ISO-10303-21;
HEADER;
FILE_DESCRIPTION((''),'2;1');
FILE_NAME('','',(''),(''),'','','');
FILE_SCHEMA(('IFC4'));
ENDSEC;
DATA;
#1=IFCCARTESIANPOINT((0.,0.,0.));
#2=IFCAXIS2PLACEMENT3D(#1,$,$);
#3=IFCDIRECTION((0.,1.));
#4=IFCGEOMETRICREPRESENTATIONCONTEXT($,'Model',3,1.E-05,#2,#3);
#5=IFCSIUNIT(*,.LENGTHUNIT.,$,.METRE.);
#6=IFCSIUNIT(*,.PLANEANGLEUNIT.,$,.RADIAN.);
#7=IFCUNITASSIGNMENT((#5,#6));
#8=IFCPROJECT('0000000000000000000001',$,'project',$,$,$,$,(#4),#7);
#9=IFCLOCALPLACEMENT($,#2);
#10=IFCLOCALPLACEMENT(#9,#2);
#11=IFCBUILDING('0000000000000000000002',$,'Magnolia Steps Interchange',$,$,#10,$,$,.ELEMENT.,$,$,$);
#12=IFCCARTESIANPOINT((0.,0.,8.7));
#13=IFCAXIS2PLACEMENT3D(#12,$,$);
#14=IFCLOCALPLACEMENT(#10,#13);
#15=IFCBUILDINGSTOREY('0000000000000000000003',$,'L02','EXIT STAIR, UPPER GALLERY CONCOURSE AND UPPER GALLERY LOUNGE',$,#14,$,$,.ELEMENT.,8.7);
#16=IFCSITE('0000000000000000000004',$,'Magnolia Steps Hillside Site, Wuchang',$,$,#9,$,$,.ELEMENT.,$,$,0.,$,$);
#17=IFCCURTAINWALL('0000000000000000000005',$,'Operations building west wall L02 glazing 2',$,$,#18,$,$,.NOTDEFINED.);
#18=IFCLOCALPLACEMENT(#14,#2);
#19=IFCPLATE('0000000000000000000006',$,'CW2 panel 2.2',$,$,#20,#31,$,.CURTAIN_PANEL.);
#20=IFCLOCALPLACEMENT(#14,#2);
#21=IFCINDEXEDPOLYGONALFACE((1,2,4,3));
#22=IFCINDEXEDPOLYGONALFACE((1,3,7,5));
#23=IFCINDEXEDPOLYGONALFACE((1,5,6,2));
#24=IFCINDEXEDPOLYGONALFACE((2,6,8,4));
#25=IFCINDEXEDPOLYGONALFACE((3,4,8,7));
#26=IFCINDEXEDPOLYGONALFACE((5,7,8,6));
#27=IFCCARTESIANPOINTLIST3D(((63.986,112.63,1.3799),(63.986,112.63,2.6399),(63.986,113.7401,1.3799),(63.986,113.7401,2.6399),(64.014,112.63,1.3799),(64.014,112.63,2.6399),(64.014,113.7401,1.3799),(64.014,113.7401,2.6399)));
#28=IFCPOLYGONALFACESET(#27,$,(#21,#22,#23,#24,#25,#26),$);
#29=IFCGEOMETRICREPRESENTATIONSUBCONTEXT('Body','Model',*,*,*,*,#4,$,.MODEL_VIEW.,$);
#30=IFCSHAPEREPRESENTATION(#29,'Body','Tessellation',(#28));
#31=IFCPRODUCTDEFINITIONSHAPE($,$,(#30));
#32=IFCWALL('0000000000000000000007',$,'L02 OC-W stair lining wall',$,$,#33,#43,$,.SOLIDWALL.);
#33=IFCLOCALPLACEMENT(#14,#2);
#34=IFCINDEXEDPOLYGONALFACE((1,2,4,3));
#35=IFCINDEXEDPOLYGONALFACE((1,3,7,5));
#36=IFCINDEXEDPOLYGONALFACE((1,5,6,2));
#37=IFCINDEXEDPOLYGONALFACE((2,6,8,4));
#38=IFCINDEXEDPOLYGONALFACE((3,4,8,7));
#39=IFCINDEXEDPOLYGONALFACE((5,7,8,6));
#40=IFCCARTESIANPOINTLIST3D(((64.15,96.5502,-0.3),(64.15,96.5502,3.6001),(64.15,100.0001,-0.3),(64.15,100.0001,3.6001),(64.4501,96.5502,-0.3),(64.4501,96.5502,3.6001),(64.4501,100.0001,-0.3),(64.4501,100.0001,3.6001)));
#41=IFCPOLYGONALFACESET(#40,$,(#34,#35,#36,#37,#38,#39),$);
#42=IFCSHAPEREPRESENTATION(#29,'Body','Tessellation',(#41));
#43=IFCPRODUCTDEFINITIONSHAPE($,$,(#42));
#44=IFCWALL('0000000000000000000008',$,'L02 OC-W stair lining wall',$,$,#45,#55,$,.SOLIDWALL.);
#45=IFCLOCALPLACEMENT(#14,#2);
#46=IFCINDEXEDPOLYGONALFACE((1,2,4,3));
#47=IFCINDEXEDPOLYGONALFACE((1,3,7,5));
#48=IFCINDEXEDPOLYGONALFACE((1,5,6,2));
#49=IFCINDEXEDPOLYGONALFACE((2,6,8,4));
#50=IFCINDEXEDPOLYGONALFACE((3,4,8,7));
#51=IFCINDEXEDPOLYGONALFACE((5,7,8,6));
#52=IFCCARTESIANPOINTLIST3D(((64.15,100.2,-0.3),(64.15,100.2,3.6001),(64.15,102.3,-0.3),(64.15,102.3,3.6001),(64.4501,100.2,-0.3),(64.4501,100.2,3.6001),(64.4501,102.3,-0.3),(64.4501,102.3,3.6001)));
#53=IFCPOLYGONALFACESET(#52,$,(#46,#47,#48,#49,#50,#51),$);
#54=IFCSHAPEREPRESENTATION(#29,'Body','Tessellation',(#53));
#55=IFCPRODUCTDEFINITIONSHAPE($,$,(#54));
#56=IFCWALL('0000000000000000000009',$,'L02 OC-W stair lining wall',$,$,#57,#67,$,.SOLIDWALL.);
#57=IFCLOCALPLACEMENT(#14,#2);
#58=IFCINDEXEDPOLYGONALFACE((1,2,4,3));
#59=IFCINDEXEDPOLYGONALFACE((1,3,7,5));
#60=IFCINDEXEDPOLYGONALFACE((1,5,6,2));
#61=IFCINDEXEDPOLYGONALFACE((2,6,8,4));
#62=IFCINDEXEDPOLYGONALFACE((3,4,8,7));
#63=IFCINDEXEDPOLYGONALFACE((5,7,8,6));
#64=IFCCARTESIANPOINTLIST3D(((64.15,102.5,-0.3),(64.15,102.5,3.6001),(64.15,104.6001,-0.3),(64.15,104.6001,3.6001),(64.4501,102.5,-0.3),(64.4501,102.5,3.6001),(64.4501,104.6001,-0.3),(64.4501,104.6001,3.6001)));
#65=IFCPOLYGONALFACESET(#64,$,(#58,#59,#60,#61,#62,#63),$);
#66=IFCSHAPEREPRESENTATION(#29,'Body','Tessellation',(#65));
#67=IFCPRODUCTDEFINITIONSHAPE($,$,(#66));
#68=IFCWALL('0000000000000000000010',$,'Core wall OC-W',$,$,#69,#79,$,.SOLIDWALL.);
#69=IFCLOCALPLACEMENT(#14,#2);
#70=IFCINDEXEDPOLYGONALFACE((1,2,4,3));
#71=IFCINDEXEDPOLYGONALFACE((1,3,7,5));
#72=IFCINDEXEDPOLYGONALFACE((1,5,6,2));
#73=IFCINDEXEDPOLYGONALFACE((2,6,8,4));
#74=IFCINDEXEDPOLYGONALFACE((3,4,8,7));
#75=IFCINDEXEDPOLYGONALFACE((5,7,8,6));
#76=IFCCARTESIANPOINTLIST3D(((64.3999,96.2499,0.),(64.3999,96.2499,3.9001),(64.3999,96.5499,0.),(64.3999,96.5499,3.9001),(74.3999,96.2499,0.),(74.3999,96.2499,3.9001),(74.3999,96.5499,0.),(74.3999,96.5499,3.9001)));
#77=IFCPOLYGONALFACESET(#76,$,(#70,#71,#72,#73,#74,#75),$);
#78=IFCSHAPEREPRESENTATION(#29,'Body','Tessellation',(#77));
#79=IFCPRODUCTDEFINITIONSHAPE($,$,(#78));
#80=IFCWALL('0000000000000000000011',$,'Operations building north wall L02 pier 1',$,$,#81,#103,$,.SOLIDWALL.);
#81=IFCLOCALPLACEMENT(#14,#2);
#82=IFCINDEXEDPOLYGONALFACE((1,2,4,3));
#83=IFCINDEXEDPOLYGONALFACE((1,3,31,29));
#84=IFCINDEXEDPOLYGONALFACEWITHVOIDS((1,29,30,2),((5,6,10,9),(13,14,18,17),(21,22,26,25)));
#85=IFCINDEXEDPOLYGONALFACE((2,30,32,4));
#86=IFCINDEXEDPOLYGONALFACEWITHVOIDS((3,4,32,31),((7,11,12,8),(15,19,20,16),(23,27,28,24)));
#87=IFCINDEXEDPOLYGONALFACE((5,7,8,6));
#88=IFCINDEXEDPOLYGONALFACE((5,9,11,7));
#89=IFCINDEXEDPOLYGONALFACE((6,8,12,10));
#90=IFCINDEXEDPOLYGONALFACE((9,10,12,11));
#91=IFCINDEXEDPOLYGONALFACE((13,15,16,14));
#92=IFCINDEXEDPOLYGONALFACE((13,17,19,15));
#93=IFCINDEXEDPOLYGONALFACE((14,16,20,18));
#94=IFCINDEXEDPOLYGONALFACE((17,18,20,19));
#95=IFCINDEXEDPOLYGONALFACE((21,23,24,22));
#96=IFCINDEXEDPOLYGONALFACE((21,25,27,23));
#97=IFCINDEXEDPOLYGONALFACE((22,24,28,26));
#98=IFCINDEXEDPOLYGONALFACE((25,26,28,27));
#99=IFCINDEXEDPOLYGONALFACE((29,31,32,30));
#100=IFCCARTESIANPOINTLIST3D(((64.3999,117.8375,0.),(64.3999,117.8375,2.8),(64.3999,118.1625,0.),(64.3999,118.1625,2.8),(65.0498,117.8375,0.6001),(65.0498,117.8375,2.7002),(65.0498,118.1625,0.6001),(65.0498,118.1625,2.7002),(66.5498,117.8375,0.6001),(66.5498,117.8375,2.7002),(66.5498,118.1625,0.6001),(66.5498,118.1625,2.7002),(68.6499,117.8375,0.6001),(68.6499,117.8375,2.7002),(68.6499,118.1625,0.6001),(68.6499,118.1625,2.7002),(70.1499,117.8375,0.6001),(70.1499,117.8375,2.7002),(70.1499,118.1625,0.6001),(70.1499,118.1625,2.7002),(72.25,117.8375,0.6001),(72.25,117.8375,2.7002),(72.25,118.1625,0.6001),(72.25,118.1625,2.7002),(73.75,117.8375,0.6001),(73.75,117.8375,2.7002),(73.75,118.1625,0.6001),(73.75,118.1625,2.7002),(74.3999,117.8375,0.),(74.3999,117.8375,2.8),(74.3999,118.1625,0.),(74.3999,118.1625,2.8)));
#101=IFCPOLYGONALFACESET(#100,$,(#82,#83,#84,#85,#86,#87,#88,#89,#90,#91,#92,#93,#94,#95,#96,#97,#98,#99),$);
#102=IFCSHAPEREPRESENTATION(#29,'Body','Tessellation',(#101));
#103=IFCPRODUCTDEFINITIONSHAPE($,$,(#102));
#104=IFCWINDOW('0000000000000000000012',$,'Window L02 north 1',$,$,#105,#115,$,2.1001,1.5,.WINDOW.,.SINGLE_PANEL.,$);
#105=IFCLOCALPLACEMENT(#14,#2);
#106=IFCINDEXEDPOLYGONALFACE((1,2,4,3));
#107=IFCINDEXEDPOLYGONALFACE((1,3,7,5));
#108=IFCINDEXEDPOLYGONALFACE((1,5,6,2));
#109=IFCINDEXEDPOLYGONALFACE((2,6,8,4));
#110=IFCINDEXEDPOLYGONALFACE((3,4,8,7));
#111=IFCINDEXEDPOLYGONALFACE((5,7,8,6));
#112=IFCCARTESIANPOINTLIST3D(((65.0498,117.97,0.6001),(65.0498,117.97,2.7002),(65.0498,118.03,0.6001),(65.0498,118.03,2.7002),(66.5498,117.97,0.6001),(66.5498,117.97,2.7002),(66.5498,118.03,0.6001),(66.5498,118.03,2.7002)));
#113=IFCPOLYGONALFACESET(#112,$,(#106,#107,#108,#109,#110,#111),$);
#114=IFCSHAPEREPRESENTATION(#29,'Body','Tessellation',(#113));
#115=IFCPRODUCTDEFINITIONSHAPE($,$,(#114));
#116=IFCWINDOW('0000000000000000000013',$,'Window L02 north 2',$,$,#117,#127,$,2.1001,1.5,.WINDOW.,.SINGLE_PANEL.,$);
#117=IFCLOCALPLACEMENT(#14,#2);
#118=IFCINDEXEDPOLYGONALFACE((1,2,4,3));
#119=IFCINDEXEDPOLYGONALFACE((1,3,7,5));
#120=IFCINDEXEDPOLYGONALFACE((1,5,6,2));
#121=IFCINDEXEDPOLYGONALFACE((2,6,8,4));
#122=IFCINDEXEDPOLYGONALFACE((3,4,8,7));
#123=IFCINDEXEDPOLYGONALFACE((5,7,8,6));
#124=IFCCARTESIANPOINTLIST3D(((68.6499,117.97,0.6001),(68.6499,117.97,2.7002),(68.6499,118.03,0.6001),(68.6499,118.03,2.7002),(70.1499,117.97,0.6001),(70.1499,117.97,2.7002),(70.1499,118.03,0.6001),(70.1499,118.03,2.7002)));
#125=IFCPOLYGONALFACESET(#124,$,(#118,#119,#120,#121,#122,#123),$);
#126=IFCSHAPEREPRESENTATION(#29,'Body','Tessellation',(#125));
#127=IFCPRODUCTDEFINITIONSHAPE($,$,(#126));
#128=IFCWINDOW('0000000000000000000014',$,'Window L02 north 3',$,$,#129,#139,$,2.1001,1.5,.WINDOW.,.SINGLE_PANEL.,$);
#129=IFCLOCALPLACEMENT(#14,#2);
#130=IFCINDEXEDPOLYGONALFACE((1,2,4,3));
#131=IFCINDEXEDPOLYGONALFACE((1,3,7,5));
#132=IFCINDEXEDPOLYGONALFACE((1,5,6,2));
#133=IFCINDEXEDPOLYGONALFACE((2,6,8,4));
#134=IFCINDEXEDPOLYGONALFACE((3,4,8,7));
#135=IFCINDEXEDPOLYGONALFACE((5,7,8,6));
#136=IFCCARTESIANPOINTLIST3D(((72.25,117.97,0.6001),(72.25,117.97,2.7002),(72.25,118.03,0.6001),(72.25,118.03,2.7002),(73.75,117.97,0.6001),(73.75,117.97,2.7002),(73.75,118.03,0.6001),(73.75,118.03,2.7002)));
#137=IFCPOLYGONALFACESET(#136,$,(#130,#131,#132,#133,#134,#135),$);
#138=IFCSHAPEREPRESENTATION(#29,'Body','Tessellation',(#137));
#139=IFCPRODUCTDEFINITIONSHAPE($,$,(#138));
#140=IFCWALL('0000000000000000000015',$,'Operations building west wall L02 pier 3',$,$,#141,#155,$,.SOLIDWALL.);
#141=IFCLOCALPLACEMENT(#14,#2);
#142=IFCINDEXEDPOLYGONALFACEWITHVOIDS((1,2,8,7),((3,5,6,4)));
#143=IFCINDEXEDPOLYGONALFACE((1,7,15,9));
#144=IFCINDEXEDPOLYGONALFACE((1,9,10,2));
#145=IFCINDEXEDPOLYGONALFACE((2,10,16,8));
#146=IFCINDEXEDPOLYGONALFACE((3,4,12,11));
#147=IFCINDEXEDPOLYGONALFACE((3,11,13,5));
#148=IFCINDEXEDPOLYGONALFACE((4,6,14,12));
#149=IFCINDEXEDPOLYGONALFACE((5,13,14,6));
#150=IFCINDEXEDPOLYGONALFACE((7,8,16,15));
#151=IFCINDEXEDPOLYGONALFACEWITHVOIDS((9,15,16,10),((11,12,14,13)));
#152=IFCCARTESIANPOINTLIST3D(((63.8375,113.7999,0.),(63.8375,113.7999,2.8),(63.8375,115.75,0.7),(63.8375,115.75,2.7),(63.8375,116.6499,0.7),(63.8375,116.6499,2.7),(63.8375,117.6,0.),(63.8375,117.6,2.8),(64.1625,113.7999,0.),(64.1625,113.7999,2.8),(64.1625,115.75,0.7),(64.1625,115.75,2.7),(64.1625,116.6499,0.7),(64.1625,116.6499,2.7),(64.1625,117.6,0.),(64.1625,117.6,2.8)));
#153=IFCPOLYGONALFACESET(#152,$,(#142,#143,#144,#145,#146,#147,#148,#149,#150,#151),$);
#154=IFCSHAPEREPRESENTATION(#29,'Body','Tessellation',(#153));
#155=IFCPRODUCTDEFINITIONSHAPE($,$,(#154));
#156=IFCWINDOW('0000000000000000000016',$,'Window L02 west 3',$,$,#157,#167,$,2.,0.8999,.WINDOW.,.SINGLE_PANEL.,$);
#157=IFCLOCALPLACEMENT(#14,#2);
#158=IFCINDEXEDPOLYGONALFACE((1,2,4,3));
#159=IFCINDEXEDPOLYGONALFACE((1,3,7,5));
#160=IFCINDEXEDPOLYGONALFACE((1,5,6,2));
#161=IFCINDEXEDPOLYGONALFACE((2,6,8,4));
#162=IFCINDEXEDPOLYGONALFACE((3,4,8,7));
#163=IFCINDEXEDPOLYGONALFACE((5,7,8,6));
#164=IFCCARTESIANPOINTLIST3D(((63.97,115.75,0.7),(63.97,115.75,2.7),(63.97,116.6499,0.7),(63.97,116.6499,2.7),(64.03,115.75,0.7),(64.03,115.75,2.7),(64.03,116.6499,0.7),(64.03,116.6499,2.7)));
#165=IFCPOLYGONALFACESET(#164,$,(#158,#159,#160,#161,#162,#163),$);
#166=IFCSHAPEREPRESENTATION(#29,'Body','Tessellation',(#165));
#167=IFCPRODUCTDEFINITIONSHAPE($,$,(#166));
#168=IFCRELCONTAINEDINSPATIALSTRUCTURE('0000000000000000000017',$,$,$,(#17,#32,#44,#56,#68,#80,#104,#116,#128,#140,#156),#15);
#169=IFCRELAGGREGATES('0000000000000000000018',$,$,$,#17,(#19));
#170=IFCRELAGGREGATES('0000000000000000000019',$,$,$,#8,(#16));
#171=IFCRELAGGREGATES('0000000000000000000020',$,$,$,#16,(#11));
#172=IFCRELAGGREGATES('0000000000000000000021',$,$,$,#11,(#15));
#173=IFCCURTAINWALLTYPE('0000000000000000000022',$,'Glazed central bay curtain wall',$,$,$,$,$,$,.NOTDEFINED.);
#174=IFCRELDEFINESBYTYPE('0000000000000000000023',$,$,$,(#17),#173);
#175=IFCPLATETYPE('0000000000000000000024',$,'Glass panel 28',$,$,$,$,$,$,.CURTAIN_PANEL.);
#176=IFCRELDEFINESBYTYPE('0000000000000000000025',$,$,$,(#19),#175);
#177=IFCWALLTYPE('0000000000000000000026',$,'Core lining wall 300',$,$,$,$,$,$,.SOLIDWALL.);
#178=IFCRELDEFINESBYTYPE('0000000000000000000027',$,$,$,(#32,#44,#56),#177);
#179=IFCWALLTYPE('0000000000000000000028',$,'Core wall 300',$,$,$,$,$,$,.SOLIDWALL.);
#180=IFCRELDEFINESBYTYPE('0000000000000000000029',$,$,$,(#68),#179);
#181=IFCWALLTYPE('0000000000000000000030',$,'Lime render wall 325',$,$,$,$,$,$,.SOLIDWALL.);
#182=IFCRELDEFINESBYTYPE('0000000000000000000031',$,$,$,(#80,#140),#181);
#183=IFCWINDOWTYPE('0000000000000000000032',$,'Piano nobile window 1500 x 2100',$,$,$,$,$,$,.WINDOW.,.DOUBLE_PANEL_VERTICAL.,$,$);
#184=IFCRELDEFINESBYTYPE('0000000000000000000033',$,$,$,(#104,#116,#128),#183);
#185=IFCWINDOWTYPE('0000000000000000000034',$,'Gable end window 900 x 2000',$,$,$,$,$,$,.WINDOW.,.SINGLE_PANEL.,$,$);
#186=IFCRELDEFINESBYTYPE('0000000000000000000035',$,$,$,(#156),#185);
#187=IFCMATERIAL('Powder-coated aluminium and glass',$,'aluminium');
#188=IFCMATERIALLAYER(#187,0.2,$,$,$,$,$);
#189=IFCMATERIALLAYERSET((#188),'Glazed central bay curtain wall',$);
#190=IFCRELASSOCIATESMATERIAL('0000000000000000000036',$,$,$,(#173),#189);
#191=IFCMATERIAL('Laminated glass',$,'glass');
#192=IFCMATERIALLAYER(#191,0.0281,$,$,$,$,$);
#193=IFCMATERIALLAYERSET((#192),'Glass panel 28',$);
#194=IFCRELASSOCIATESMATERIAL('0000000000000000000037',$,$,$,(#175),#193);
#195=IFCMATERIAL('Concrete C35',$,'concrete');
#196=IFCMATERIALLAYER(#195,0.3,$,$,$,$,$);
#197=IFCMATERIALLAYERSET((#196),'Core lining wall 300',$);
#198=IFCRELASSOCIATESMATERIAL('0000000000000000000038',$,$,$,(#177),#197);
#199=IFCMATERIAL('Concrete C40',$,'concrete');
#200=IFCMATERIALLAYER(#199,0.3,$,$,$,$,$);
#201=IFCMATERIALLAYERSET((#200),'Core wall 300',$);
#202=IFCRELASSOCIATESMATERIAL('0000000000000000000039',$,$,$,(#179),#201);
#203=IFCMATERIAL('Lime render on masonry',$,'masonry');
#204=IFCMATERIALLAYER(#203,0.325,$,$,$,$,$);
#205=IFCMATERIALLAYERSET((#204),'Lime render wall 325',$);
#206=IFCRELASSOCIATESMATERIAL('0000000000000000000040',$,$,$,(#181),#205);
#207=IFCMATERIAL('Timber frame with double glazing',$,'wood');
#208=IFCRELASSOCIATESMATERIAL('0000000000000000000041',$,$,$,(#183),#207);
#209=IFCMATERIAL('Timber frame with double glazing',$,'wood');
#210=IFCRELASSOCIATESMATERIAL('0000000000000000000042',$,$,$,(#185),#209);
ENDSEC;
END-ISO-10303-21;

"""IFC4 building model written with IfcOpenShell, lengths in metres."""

from ifc_helpers import new_model, si_unit, direction, frame, frame_2d, origin, origin_2d, place, context, subcontext, project, spatial, rectangle, extrude, material, layer, layer_set, type_object, element, fill, aggregate, save


model = new_model("IFC4")

# Units and contexts
model_context = context("Model", 3, precision=1e-05, world=origin(), true_north=direction((0.0, 1.0)))
body_context = subcontext(model_context, "Body", "Model", "MODEL_VIEW")
ifc_project = project(units=[si_unit("LENGTHUNIT", "METRE"), si_unit("PLANEANGLEUNIT", "RADIAN")], contexts=[model_context])

# Site, building, storey
site_placement = place(None, origin())
site = spatial("IfcSite", under=ifc_project, at=site_placement, Name="Magnolia Steps Hillside Site, Wuchang", CompositionType="ELEMENT", RefElevation=0.0)
building_placement = place(site_placement, origin())
building = spatial("IfcBuilding", under=site, at=building_placement, Name="Magnolia Steps Interchange", CompositionType="ELEMENT")
storey_placement = place(building_placement, frame((0.0, 0.0, 8.7)))
storey = spatial("IfcBuildingStorey", under=building, at=storey_placement, Name="L02", Description="EXIT STAIR, UPPER GALLERY CONCOURSE AND UPPER GALLERY LOUNGE", CompositionType="ELEMENT", Elevation=8.7)

# Curtain wall
ifc_material_1 = material(Name="Powder-coated aluminium and glass", Category="aluminium")
ifc_layer_1 = layer(ifc_material_1, 0.2)
ifc_layer_set_1 = layer_set([ifc_layer_1], Name="Glazed central bay curtain wall")
curtain_wall_type = type_object("IfcCurtainWallType", Name="Glazed central bay curtain wall", PredefinedType="NOTDEFINED", material=ifc_layer_set_1)
curtain_wall_placement = place(storey_placement, origin())
curtain_wall = element("IfcCurtainWall", 1, at=curtain_wall_placement, inside=storey, type_object=curtain_wall_type, Name="Operations building west wall L02 glazing 2", PredefinedType="NOTDEFINED")

# Plate
ifc_material_2 = material(Name="Laminated glass", Category="glass")
ifc_layer_2 = layer(ifc_material_2, 0.0281)
ifc_layer_set_2 = layer_set([ifc_layer_2], Name="Glass panel 28")
plate_type = type_object("IfcPlateType", Name="Glass panel 28", PredefinedType="CURTAIN_PANEL", material=ifc_layer_set_2)
plate_1_placement = place(storey_placement, frame((64.0, 113.1851, 1.3799), z_axis=(0.0, 0.0, 1.0), x_axis=(0.0, 1.0, 0.0)))
plate_1 = element("IfcPlate", 2, at=plate_1_placement, type_object=plate_type, Name="CW2 panel 2.2", PredefinedType="CURTAIN_PANEL", context=body_context, shape_type="SweptSolid", body=[
    extrude(rectangle(XDim=1.1101, YDim=0.0281, at=origin_2d()), origin(), (0.0, 0.0, 1.0), 1.26),
])
aggregate(curtain_wall, [plate_1])

# Walls
ifc_material_3 = material(Name="Concrete C35", Category="concrete")
ifc_layer_3 = layer(ifc_material_3, 0.3)
ifc_layer_set_3 = layer_set([ifc_layer_3], Name="Core lining wall 300")
wall_type_1 = type_object("IfcWallType", Name="Core lining wall 300", PredefinedType="SOLIDWALL", material=ifc_layer_set_3)
wall_1_placement = place(storey_placement, frame((64.3, 96.55, -0.3), z_axis=(0.0, 0.0, 1.0), x_axis=(0.0, 1.0, 0.0)))
element("IfcWall", 3, at=wall_1_placement, inside=storey, type_object=wall_type_1, Name="L02 OC-W stair lining wall", PredefinedType="SOLIDWALL", context=body_context, shape_type="SweptSolid", body=[
    extrude(rectangle(XDim=3.45, YDim=0.3, at=frame_2d((1.7251, 0.0))), origin(), (0.0, 0.0, 1.0), 3.9001),
])
for number, where, z_axis, x_axis, name in (
    (4, (64.3, 100.2, -0.3), (0.0, 0.0, 1.0), (0.0, 1.0, 0.0), "L02 OC-W stair lining wall"),
    (5, (64.3, 102.5, -0.3), (0.0, 0.0, 1.0), (0.0, 1.0, 0.0), "L02 OC-W stair lining wall"),
):
    element("IfcWall", number, at=place(storey_placement, frame(where, z_axis=z_axis, x_axis=x_axis)), inside=storey, type_object=wall_type_1, Name=name, PredefinedType="SOLIDWALL", context=body_context, shape_type="SweptSolid", body=[
        extrude(rectangle(XDim=2.1001, YDim=0.3, at=frame_2d((1.05, 0.0))), origin(), (0.0, 0.0, 1.0), 3.9001),
    ])
ifc_material_4 = material(Name="Concrete C40", Category="concrete")
ifc_layer_4 = layer(ifc_material_4, 0.3)
ifc_layer_set_4 = layer_set([ifc_layer_4], Name="Core wall 300")
wall_type_2 = type_object("IfcWallType", Name="Core wall 300", PredefinedType="SOLIDWALL", material=ifc_layer_set_4)
wall_2_placement = place(storey_placement, frame((64.3999, 96.3999, 0.0), z_axis=(0.0, 0.0, 1.0), x_axis=(1.0, 0.0, 0.0)))
element("IfcWall", 6, at=wall_2_placement, inside=storey, type_object=wall_type_2, Name="Core wall OC-W", PredefinedType="SOLIDWALL", context=body_context, shape_type="SweptSolid", body=[
    extrude(rectangle(XDim=10.0, YDim=0.3, at=frame_2d((5.0, 0.0))), origin(), (0.0, 0.0, 1.0), 3.9001),
])

# Wall, openings, windows
ifc_material_5 = material(Name="Lime render on masonry", Category="masonry")
ifc_layer_5 = layer(ifc_material_5, 0.325)
ifc_layer_set_5 = layer_set([ifc_layer_5], Name="Lime render wall 325")
wall_type_3 = type_object("IfcWallType", Name="Lime render wall 325", PredefinedType="SOLIDWALL", material=ifc_layer_set_5)
wall_3_placement = place(storey_placement, frame((64.3999, 118.0, 0.0), z_axis=(0.0, 0.0, 1.0), x_axis=(1.0, 0.0, 0.0)))
wall_3 = element("IfcWall", 7, at=wall_3_placement, inside=storey, type_object=wall_type_3, Name="Operations building north wall L02 pier 1", PredefinedType="SOLIDWALL", context=body_context, shape_type="SweptSolid", body=[
    extrude(rectangle(XDim=10.0, YDim=0.325, at=frame_2d((5.0, 0.0))), origin(), (0.0, 0.0, 1.0), 2.8),
])
opening_1_placement = place(wall_3_placement, frame((0.6499, 0.0, 0.6001)))
opening_1 = element("IfcOpeningElement", 8, at=opening_1_placement, cuts=wall_3, PredefinedType="OPENING", context=body_context, shape_type="SweptSolid", body=[
    extrude(rectangle(XDim=1.5, YDim=2.1001, at=frame_2d((0.75, 1.05))), frame((0.0, 0.1724, 0.0), z_axis=(0.0, -1.0, 0.0), x_axis=(1.0, 0.0, 0.0)), (0.0, 0.0, 1.0), 0.345),
])
opening_2_placement = place(wall_3_placement, frame((4.25, 0.0, 0.6001)))
opening_2 = element("IfcOpeningElement", 9, at=opening_2_placement, cuts=wall_3, PredefinedType="OPENING", context=body_context, shape_type="SweptSolid", body=[
    extrude(rectangle(XDim=1.5, YDim=2.1001, at=frame_2d((0.75, 1.05))), frame((0.0, 0.1724, 0.0), z_axis=(0.0, -1.0, 0.0), x_axis=(1.0, 0.0, 0.0)), (0.0, 0.0, 1.0), 0.345),
])
opening_3_placement = place(wall_3_placement, frame((7.8501, 0.0, 0.6001)))
opening_3 = element("IfcOpeningElement", 10, at=opening_3_placement, cuts=wall_3, PredefinedType="OPENING", context=body_context, shape_type="SweptSolid", body=[
    extrude(rectangle(XDim=1.5, YDim=2.1001, at=frame_2d((0.75, 1.05))), frame((0.0, 0.1724, 0.0), z_axis=(0.0, -1.0, 0.0), x_axis=(1.0, 0.0, 0.0)), (0.0, 0.0, 1.0), 0.345),
])
ifc_material_6 = material(Name="Timber frame with double glazing", Category="wood")
window_type_1 = type_object("IfcWindowType", Name="Piano nobile window 1500 x 2100", PartitioningType="DOUBLE_PANEL_VERTICAL", PredefinedType="WINDOW", material=ifc_material_6)
window_1_placement = place(opening_1_placement, origin())
window_1 = element("IfcWindow", 11, at=window_1_placement, inside=storey, type_object=window_type_1, Name="Window L02 north 1", OverallHeight=2.1001, OverallWidth=1.5, PartitioningType="SINGLE_PANEL", PredefinedType="WINDOW", context=body_context, shape_type="SweptSolid", body=[
    extrude(rectangle(XDim=1.5, YDim=2.1001, at=frame_2d((0.75, 1.05))), frame((0.0, 0.03, 0.0), z_axis=(0.0, -1.0, 0.0), x_axis=(1.0, 0.0, 0.0)), (0.0, 0.0, 1.0), 0.0601),
])
fill(opening_1, window_1)
window_2_placement = place(opening_2_placement, origin())
window_2 = element("IfcWindow", 12, at=window_2_placement, inside=storey, type_object=window_type_1, Name="Window L02 north 2", OverallHeight=2.1001, OverallWidth=1.5, PartitioningType="SINGLE_PANEL", PredefinedType="WINDOW", context=body_context, shape_type="SweptSolid", body=[
    extrude(rectangle(XDim=1.5, YDim=2.1001, at=frame_2d((0.75, 1.05))), frame((0.0, 0.03, 0.0), z_axis=(0.0, -1.0, 0.0), x_axis=(1.0, 0.0, 0.0)), (0.0, 0.0, 1.0), 0.0601),
])
fill(opening_2, window_2)
window_3_placement = place(opening_3_placement, origin())
window_3 = element("IfcWindow", 13, at=window_3_placement, inside=storey, type_object=window_type_1, Name="Window L02 north 3", OverallHeight=2.1001, OverallWidth=1.5, PartitioningType="SINGLE_PANEL", PredefinedType="WINDOW", context=body_context, shape_type="SweptSolid", body=[
    extrude(rectangle(XDim=1.5, YDim=2.1001, at=frame_2d((0.75, 1.05))), frame((0.0, 0.03, 0.0), z_axis=(0.0, -1.0, 0.0), x_axis=(1.0, 0.0, 0.0)), (0.0, 0.0, 1.0), 0.0601),
])
fill(opening_3, window_3)

# Wall, opening, window
wall_4_placement = place(storey_placement, frame((64.0, 113.8, 0.0), z_axis=(0.0, 0.0, 1.0), x_axis=(0.0, 1.0, 0.0)))
wall_4 = element("IfcWall", 14, at=wall_4_placement, inside=storey, type_object=wall_type_3, Name="Operations building west wall L02 pier 3", PredefinedType="SOLIDWALL", context=body_context, shape_type="SweptSolid", body=[
    extrude(rectangle(XDim=3.8, YDim=0.325, at=frame_2d((1.8999, 0.0))), origin(), (0.0, 0.0, 1.0), 2.8),
])
opening_4_placement = place(wall_4_placement, frame((1.95, 0.0, 0.7)))
opening_4 = element("IfcOpeningElement", 15, at=opening_4_placement, cuts=wall_4, PredefinedType="OPENING", context=body_context, shape_type="SweptSolid", body=[
    extrude(rectangle(XDim=0.8999, YDim=2.0, at=frame_2d((0.45, 1.0))), frame((0.0, 0.1724, 0.0), z_axis=(0.0, -1.0, 0.0), x_axis=(1.0, 0.0, 0.0)), (0.0, 0.0, 1.0), 0.345),
])
ifc_material_7 = material(Name="Timber frame with double glazing", Category="wood")
window_type_2 = type_object("IfcWindowType", Name="Gable end window 900 x 2000", PartitioningType="SINGLE_PANEL", PredefinedType="WINDOW", material=ifc_material_7)
window_4_placement = place(opening_4_placement, origin())
window_4 = element("IfcWindow", 16, at=window_4_placement, inside=storey, type_object=window_type_2, Name="Window L02 west 3", OverallHeight=2.0, OverallWidth=0.8999, PartitioningType="SINGLE_PANEL", PredefinedType="WINDOW", context=body_context, shape_type="SweptSolid", body=[
    extrude(rectangle(XDim=0.8999, YDim=2.0, at=frame_2d((0.45, 1.0))), frame((0.0, 0.03, 0.0), z_axis=(0.0, -1.0, 0.0), x_axis=(1.0, 0.0, 0.0)), (0.0, 0.0, 1.0), 0.0601),
])
fill(opening_4, window_4)

save(model, "model.ifc")
